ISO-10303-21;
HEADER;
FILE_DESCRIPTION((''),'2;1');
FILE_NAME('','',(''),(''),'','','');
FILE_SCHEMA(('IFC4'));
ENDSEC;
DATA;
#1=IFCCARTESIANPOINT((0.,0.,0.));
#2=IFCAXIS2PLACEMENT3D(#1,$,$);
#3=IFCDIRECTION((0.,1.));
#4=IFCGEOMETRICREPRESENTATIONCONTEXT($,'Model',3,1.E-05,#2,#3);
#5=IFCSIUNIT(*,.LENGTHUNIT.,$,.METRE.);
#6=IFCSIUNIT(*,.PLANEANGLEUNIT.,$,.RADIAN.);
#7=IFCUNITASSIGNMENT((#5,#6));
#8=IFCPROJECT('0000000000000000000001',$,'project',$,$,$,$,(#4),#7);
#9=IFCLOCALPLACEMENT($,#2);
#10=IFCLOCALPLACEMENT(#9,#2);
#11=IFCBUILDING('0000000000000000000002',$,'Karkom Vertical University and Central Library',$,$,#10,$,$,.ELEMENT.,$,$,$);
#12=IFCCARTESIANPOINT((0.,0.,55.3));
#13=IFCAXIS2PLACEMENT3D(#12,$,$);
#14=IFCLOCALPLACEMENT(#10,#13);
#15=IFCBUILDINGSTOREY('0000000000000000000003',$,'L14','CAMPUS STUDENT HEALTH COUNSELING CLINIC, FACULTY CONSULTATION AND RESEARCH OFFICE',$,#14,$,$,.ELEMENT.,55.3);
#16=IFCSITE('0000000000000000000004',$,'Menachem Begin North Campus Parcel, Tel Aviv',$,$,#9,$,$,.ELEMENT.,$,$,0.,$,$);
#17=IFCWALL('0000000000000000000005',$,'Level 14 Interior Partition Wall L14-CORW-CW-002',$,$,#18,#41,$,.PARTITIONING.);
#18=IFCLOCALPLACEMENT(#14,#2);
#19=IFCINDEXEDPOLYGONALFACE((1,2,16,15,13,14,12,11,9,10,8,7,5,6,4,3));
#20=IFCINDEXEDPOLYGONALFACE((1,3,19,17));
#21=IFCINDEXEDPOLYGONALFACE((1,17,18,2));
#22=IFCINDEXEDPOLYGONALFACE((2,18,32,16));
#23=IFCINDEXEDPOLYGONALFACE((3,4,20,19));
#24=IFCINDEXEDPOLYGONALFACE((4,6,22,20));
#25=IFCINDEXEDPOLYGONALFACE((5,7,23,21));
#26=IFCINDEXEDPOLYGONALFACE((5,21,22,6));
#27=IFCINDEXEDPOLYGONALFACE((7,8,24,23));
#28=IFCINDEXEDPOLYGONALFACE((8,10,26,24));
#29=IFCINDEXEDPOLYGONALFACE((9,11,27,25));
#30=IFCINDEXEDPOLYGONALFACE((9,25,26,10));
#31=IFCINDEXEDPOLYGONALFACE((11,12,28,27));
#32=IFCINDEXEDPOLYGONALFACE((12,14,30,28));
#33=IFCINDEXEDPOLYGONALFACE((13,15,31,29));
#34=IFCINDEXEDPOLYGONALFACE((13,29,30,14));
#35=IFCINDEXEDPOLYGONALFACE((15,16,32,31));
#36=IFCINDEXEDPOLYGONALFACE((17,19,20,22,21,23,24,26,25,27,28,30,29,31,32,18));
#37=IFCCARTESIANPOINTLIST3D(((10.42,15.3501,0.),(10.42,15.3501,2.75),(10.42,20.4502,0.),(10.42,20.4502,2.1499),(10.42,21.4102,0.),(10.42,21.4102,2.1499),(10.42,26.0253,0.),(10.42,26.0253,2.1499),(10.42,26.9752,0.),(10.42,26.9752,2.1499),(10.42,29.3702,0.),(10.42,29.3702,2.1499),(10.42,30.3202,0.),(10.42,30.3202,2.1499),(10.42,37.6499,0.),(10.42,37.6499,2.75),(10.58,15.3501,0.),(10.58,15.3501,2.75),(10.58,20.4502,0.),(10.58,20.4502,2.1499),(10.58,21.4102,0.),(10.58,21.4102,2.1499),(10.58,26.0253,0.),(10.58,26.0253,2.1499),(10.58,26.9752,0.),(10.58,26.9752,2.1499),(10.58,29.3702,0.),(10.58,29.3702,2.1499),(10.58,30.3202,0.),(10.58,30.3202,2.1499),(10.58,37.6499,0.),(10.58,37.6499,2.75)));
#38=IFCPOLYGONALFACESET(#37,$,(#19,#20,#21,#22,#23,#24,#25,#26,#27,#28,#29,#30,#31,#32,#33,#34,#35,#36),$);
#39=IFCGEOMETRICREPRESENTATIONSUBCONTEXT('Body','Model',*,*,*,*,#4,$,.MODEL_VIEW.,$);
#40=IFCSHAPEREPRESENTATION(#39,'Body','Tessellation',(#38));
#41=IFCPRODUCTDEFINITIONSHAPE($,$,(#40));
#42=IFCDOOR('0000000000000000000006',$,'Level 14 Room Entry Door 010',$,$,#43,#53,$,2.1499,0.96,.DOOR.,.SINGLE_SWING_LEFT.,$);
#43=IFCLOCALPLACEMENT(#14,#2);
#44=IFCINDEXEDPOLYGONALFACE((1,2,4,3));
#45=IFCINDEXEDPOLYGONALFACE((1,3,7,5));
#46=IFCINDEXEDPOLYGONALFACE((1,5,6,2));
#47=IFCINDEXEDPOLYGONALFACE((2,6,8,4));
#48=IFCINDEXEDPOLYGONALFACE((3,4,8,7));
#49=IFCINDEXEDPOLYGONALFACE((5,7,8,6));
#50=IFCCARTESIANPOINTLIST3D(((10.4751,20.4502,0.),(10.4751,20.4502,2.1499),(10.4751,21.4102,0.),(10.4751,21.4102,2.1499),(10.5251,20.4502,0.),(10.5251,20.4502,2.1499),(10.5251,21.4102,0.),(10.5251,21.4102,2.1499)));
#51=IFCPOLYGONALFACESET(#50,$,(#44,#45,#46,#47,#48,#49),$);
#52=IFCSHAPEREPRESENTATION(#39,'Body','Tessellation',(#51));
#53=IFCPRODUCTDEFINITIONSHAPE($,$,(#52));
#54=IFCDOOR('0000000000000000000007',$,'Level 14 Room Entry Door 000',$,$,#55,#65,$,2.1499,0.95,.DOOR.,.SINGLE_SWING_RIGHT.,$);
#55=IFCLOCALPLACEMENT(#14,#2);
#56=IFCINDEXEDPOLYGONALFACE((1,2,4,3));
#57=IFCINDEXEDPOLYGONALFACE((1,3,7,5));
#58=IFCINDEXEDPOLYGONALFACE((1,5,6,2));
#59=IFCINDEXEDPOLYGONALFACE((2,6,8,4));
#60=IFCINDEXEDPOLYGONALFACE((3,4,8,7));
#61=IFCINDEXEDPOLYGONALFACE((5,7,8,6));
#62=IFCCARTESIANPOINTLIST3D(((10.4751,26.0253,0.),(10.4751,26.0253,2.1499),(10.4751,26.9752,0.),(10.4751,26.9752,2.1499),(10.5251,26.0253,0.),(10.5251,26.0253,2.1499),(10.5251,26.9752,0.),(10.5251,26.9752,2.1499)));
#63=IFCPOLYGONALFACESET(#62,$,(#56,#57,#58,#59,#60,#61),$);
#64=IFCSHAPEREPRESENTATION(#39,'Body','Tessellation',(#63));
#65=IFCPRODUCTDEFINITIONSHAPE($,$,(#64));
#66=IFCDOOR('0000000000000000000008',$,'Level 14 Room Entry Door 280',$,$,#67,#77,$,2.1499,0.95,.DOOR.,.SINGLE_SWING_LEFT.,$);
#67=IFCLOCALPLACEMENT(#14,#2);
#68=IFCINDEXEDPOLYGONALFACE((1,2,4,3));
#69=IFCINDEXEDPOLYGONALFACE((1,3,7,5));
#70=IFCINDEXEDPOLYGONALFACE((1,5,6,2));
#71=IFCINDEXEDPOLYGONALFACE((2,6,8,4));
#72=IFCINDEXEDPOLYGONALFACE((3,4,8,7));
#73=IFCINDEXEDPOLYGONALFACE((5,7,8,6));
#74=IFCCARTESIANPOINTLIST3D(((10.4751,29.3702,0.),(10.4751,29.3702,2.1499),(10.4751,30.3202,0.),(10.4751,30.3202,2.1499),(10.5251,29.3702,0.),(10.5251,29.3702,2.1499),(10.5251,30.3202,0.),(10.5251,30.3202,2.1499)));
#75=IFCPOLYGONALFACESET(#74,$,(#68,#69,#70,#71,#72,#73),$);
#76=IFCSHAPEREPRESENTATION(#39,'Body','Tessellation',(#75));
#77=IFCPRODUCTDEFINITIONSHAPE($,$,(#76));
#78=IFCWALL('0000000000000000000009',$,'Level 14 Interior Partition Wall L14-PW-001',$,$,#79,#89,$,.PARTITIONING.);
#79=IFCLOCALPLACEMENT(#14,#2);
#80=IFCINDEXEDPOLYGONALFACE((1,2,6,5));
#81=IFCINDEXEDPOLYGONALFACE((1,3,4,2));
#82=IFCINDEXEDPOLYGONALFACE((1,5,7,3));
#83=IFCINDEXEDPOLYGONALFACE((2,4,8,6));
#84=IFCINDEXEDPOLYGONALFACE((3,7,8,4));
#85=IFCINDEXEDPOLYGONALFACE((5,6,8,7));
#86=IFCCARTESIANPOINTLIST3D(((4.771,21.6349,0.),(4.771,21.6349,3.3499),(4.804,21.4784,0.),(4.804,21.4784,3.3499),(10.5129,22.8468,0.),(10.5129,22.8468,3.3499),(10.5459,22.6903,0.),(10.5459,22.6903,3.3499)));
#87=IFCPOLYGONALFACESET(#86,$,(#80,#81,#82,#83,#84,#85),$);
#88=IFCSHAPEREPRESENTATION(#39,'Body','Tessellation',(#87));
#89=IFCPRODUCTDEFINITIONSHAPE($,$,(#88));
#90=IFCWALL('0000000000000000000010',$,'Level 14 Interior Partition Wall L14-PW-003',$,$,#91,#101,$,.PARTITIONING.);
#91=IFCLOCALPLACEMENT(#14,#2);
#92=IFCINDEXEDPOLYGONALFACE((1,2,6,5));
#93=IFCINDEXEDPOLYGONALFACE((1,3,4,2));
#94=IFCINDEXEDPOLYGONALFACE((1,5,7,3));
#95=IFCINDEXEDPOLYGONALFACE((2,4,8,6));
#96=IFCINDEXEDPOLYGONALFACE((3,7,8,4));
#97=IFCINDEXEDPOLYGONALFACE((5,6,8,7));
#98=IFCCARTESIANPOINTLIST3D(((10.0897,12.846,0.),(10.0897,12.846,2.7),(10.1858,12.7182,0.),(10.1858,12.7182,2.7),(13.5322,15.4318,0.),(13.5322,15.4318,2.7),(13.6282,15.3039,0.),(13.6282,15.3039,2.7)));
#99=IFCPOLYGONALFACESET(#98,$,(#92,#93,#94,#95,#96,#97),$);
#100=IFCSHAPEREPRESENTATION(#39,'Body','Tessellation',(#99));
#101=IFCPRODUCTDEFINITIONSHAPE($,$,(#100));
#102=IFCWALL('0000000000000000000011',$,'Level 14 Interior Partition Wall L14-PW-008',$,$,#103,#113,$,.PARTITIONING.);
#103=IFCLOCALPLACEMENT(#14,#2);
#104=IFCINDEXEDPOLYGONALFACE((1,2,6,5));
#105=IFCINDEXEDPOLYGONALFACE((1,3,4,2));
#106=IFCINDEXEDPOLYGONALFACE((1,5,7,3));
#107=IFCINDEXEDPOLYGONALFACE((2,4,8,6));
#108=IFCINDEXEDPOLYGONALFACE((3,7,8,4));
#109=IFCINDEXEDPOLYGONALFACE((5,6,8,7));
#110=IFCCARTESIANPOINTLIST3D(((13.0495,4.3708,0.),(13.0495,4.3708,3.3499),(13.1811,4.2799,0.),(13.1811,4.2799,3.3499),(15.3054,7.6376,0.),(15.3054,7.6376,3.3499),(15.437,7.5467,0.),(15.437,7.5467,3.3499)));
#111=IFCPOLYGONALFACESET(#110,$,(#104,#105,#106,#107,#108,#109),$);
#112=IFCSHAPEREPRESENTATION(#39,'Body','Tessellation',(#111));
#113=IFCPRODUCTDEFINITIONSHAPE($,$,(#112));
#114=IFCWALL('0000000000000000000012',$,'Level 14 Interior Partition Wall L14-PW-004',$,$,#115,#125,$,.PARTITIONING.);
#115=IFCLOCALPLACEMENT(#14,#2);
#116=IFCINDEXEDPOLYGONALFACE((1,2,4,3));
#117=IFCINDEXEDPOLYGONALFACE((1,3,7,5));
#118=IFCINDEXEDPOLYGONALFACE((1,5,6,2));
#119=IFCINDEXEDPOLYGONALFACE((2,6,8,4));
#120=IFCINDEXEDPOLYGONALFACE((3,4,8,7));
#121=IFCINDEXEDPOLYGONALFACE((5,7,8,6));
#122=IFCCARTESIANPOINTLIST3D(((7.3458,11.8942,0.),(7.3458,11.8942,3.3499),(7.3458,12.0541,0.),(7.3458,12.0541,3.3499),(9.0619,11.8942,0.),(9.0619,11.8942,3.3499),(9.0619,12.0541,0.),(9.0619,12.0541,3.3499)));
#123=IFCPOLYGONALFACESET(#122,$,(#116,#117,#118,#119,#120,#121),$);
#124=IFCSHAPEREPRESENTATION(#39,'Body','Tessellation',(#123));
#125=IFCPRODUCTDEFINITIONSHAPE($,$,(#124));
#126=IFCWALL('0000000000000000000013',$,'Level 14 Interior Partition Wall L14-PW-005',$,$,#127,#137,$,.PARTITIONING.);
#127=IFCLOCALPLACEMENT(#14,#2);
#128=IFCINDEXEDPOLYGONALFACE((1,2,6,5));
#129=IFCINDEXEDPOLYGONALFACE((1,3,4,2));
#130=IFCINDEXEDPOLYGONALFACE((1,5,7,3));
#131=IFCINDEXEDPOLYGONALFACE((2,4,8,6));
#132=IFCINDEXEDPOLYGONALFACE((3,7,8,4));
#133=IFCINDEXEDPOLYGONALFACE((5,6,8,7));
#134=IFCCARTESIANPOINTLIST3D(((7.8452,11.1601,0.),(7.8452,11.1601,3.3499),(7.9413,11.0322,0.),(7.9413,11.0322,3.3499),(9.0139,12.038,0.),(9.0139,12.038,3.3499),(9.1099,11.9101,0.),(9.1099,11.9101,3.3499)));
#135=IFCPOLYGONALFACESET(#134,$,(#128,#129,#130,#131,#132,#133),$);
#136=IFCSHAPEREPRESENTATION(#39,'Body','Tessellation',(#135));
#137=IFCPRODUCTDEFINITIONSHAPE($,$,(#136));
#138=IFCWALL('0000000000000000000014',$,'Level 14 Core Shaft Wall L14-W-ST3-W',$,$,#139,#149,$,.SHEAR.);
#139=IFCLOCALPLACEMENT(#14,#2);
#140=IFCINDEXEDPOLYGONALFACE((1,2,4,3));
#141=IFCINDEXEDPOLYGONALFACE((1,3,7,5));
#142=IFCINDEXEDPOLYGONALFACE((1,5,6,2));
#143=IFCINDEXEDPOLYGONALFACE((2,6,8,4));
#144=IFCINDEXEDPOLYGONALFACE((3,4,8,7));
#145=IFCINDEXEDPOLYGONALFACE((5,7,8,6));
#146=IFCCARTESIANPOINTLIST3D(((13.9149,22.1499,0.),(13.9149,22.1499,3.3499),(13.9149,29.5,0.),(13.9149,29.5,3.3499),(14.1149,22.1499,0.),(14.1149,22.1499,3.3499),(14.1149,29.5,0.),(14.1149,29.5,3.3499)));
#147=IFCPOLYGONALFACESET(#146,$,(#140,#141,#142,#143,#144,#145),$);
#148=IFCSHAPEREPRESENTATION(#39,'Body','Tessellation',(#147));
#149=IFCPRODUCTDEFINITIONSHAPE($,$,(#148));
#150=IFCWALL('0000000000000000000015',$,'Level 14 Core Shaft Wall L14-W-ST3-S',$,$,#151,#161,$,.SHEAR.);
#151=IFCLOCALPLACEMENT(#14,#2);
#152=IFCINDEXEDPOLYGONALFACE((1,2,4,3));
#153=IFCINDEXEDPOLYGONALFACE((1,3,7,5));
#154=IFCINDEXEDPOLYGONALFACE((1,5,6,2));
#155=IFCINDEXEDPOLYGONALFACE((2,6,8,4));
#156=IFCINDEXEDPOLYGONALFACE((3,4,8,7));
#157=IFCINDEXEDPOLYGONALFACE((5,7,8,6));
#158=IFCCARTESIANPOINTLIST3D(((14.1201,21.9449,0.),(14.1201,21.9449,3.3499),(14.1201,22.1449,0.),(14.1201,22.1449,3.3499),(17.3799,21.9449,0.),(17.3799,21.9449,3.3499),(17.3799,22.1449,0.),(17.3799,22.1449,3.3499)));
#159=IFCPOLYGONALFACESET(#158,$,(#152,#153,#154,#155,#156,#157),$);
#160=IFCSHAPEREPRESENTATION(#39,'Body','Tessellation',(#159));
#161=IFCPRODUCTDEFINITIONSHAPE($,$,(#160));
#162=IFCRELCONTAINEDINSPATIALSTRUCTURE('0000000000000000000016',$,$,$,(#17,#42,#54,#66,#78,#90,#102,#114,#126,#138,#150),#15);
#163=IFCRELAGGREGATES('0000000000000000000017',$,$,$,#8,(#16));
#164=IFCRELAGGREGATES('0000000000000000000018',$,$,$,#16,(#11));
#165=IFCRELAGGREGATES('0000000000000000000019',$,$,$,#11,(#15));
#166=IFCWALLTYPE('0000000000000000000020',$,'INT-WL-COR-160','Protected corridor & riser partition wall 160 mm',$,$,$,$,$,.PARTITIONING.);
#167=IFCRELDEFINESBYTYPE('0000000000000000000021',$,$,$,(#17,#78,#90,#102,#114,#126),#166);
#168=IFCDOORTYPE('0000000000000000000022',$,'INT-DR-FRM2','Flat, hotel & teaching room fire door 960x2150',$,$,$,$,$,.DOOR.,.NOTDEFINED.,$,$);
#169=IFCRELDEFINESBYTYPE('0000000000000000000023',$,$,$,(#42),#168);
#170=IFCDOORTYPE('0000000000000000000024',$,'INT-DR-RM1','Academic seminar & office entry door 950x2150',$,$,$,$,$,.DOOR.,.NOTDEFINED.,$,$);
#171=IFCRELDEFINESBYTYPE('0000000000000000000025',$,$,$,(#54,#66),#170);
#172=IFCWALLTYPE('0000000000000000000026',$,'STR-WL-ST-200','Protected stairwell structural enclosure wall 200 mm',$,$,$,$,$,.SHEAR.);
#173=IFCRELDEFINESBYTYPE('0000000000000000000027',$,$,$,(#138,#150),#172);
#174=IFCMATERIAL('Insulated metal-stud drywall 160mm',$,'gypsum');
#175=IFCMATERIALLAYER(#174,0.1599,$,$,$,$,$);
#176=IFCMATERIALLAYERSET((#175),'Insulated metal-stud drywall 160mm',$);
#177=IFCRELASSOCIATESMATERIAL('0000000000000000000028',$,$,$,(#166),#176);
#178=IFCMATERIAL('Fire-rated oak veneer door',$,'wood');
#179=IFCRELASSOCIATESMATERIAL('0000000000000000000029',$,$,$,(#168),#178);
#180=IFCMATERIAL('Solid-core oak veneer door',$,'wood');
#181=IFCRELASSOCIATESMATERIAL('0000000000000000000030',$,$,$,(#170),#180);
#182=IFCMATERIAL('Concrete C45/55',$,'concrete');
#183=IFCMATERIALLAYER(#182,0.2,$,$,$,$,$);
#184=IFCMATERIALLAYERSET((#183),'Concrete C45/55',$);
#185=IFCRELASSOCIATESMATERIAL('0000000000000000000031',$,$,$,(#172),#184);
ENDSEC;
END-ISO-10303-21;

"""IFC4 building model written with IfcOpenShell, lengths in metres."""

from ifc_helpers import new_model, si_unit, direction, frame, frame_2d, origin, origin_with_axes, place, context, subcontext, project, spatial, rectangle, extrude, source, transform, mapped, material, layer, layer_set, type_object, element, fill, save


model = new_model("IFC4")

# Units and contexts
model_context = context("Model", 3, precision=1e-05, world=origin(), true_north=direction((0.0, 1.0)))
body_context = subcontext(model_context, "Body", "Model", "MODEL_VIEW")
ifc_project = project(units=[si_unit("LENGTHUNIT", "METRE"), si_unit("PLANEANGLEUNIT", "RADIAN")], contexts=[model_context])

# Site, building, storey
site_placement = place(None, origin())
site = spatial("IfcSite", under=ifc_project, at=site_placement, Name="Menachem Begin North Campus Parcel, Tel Aviv", CompositionType="ELEMENT", RefElevation=0.0)
building_placement = place(site_placement, origin())
building = spatial("IfcBuilding", under=site, at=building_placement, Name="Karkom Vertical University and Central Library", CompositionType="ELEMENT")
storey_placement = place(building_placement, frame((0.0, 0.0, 55.3)))
storey = spatial("IfcBuildingStorey", under=building, at=storey_placement, Name="L14", Description="CAMPUS STUDENT HEALTH COUNSELING CLINIC, FACULTY CONSULTATION AND RESEARCH OFFICE", CompositionType="ELEMENT", Elevation=55.3)

# Shared definitions
ifc_material_1 = material(Name="Concrete C45/55", Category="concrete")

# Wall, openings, doors
ifc_material_2 = material(Name="Insulated metal-stud drywall 160mm", Category="gypsum")
ifc_layer_1 = layer(ifc_material_2, 0.1599)
ifc_layer_set_1 = layer_set([ifc_layer_1], Name="Insulated metal-stud drywall 160mm")
wall_type_1 = type_object("IfcWallType", Name="INT-WL-COR-160", Description="Protected corridor & riser partition wall 160 mm", PredefinedType="PARTITIONING", material=ifc_layer_set_1)
wall_1_placement = place(storey_placement, frame((10.5, 15.3501, 0.0), z_axis=(0.0, 0.0, 1.0), x_axis=(0.0, 1.0, 0.0)))
wall_1 = element("IfcWall", 1, at=wall_1_placement, inside=storey, type_object=wall_type_1, Name="Level 14 Interior Partition Wall L14-CORW-CW-002", PredefinedType="PARTITIONING", context=body_context, shape_type="SweptSolid", body=[
    extrude(rectangle(XDim=22.2998, YDim=0.1599, at=frame_2d((11.1499, 0.0))), origin(), (0.0, 0.0, 1.0), 2.75),
])
opening_1_placement = place(wall_1_placement, frame((10.675, 0.0, 0.0)))
opening_1 = element("IfcOpeningElement", 2, at=opening_1_placement, cuts=wall_1, PredefinedType="OPENING", context=body_context, shape_type="SweptSolid", body=[
    extrude(rectangle(XDim=0.95, YDim=2.1499, at=frame_2d((0.4751, 1.075))), frame((0.0, 0.0898, 0.0), z_axis=(0.0, -1.0, 0.0), x_axis=(1.0, 0.0, 0.0)), (0.0, 0.0, 1.0), 0.1799),
])
opening_2_placement = place(wall_1_placement, frame((5.1001, 0.0, 0.0)))
opening_2 = element("IfcOpeningElement", 3, at=opening_2_placement, cuts=wall_1, PredefinedType="OPENING", context=body_context, shape_type="SweptSolid", body=[
    extrude(rectangle(XDim=0.96, YDim=2.1499, at=frame_2d((0.48, 1.075))), frame((0.0, 0.0898, 0.0), z_axis=(0.0, -1.0, 0.0), x_axis=(1.0, 0.0, 0.0)), (0.0, 0.0, 1.0), 0.1799),
])
opening_3_placement = place(wall_1_placement, frame((14.02, 0.0, 0.0)))
opening_3 = element("IfcOpeningElement", 4, at=opening_3_placement, cuts=wall_1, PredefinedType="OPENING", context=body_context, shape_type="SweptSolid", body=[
    extrude(rectangle(XDim=0.95, YDim=2.1499, at=frame_2d((0.4751, 1.075))), frame((0.0, 0.0898, 0.0), z_axis=(0.0, -1.0, 0.0), x_axis=(1.0, 0.0, 0.0)), (0.0, 0.0, 1.0), 0.1799),
])
ifc_material_3 = material(Name="Fire-rated oak veneer door", Category="wood")
door_type_1 = type_object("IfcDoorType", Name="INT-DR-FRM2", Description="Flat, hotel & teaching room fire door 960x2150", OperationType="NOTDEFINED", PredefinedType="DOOR", material=ifc_material_3)
shared_shape_1 = source(origin_with_axes(), body_context, "Body", "SweptSolid", [
    extrude(rectangle(XDim=0.96, YDim=2.1499, at=frame_2d((0.48, 1.075))), frame((0.0, 0.0249, 0.0), z_axis=(0.0, -1.0, 0.0), x_axis=(1.0, 0.0, 0.0)), (0.0, 0.0, 1.0), 0.05),
])
door_1_placement = place(opening_2_placement, origin())
door_1 = element("IfcDoor", 5, at=door_1_placement, inside=storey, type_object=door_type_1, Name="Level 14 Room Entry Door 010", OperationType="SINGLE_SWING_LEFT", OverallHeight=2.1499, OverallWidth=0.96, PredefinedType="DOOR", context=body_context, shape_type="MappedRepresentation", body=[
    mapped(shared_shape_1, transform((0.0, 0.0, 0.0), scale=1.0)),
])
fill(opening_2, door_1)
ifc_material_4 = material(Name="Solid-core oak veneer door", Category="wood")
door_type_2 = type_object("IfcDoorType", Name="INT-DR-RM1", Description="Academic seminar & office entry door 950x2150", OperationType="NOTDEFINED", PredefinedType="DOOR", material=ifc_material_4)
shared_shape_2 = source(origin_with_axes(), body_context, "Body", "SweptSolid", [
    extrude(rectangle(XDim=0.95, YDim=2.1499, at=frame_2d((0.4751, 1.075))), frame((0.0, 0.0249, 0.0), z_axis=(0.0, -1.0, 0.0), x_axis=(1.0, 0.0, 0.0)), (0.0, 0.0, 1.0), 0.05),
])
door_2_placement = place(opening_1_placement, origin())
door_2 = element("IfcDoor", 6, at=door_2_placement, inside=storey, type_object=door_type_2, Name="Level 14 Room Entry Door 000", OperationType="SINGLE_SWING_RIGHT", OverallHeight=2.1499, OverallWidth=0.95, PredefinedType="DOOR", context=body_context, shape_type="MappedRepresentation", body=[
    mapped(shared_shape_2, transform((0.0, 0.0, 0.0), scale=1.0)),
])
fill(opening_1, door_2)
door_3_placement = place(opening_3_placement, origin())
door_3 = element("IfcDoor", 7, at=door_3_placement, inside=storey, type_object=door_type_2, Name="Level 14 Room Entry Door 280", OperationType="SINGLE_SWING_LEFT", OverallHeight=2.1499, OverallWidth=0.95, PredefinedType="DOOR", context=body_context, shape_type="MappedRepresentation", body=[
    mapped(shared_shape_2, transform((0.0, 0.0, 0.0), scale=1.0)),
])
fill(opening_3, door_3)

# Walls
wall_2_placement = place(storey_placement, frame((10.5293, 22.7686, 0.0), z_axis=(0.0, 0.0, 1.0), x_axis=(-0.978444, -0.206514, 0.0)))
element("IfcWall", 8, at=wall_2_placement, inside=storey, type_object=wall_type_1, Name="Level 14 Interior Partition Wall L14-PW-001", PredefinedType="PARTITIONING", context=body_context, shape_type="SweptSolid", body=[
    extrude(rectangle(XDim=5.8684, YDim=0.1599, at=frame_2d((2.9341, 0.0))), origin(), (0.0, 0.0, 1.0), 3.3499),
])
wall_3_placement = place(storey_placement, frame((13.5803, 15.3679, 0.0), z_axis=(0.0, 0.0, 1.0), x_axis=(-0.799564, -0.600581, 0.0)))
element("IfcWall", 9, at=wall_3_placement, inside=storey, type_object=wall_type_1, Name="Level 14 Interior Partition Wall L14-PW-003", PredefinedType="PARTITIONING", context=body_context, shape_type="SweptSolid", body=[
    extrude(rectangle(XDim=4.3054, YDim=0.1599, at=frame_2d((2.1528, 0.0))), origin(), (0.0, 0.0, 1.0), 2.7),
])
wall_4_placement = place(storey_placement, frame((15.3711, 7.592, 0.0), z_axis=(0.0, 0.0, 1.0), x_axis=(-0.568221, -0.822876, 0.0)))
element("IfcWall", 10, at=wall_4_placement, inside=storey, type_object=wall_type_1, Name="Level 14 Interior Partition Wall L14-PW-008", PredefinedType="PARTITIONING", context=body_context, shape_type="SweptSolid", body=[
    extrude(rectangle(XDim=3.97, YDim=0.1599, at=frame_2d((1.9849, 0.0))), origin(), (0.0, 0.0, 1.0), 3.3499),
])
wall_5_placement = place(storey_placement, frame((7.3459, 11.9741, 0.0), z_axis=(0.0, 0.0, 1.0), x_axis=(1.0, 0.0, 0.0)))
element("IfcWall", 11, at=wall_5_placement, inside=storey, type_object=wall_type_1, Name="Level 14 Interior Partition Wall L14-PW-004", PredefinedType="PARTITIONING", context=body_context, shape_type="SweptSolid", body=[
    extrude(rectangle(XDim=1.7161, YDim=0.1599, at=frame_2d((0.8579, 0.0))), origin(), (0.0, 0.0, 1.0), 3.3499),
])
wall_6_placement = place(storey_placement, frame((9.062, 11.9741, 0.0), z_axis=(0.0, 0.0, 1.0), x_axis=(-0.799539, -0.600614, 0.0)))
element("IfcWall", 12, at=wall_6_placement, inside=storey, type_object=wall_type_1, Name="Level 14 Interior Partition Wall L14-PW-005", PredefinedType="PARTITIONING", context=body_context, shape_type="SweptSolid", body=[
    extrude(rectangle(XDim=1.4617, YDim=0.1599, at=frame_2d((0.731, 0.0))), origin(), (0.0, 0.0, 1.0), 3.3499),
])
ifc_layer_2 = layer(ifc_material_1, 0.2)
ifc_layer_set_2 = layer_set([ifc_layer_2], Name="Concrete C45/55")
wall_type_2 = type_object("IfcWallType", Name="STR-WL-ST-200", Description="Protected stairwell structural enclosure wall 200 mm", PredefinedType="SHEAR", material=ifc_layer_set_2)
wall_7_placement = place(storey_placement, frame((14.0149, 22.1499, 0.0), z_axis=(0.0, 0.0, 1.0), x_axis=(0.0, 1.0, 0.0)))
element("IfcWall", 13, at=wall_7_placement, inside=storey, type_object=wall_type_2, Name="Level 14 Core Shaft Wall L14-W-ST3-W", PredefinedType="SHEAR", context=body_context, shape_type="SweptSolid", body=[
    extrude(rectangle(XDim=7.3501, YDim=0.2, at=frame_2d((3.675, 0.0))), origin(), (0.0, 0.0, 1.0), 3.3499),
])
wall_8_placement = place(storey_placement, frame((14.1201, 22.0449, 0.0), z_axis=(0.0, 0.0, 1.0), x_axis=(1.0, 0.0, 0.0)))
element("IfcWall", 14, at=wall_8_placement, inside=storey, type_object=wall_type_2, Name="Level 14 Core Shaft Wall L14-W-ST3-S", PredefinedType="SHEAR", context=body_context, shape_type="SweptSolid", body=[
    extrude(rectangle(XDim=3.2598, YDim=0.2, at=frame_2d((1.6299, 0.0))), origin(), (0.0, 0.0, 1.0), 3.3499),
])

save(model, "model.ifc")
